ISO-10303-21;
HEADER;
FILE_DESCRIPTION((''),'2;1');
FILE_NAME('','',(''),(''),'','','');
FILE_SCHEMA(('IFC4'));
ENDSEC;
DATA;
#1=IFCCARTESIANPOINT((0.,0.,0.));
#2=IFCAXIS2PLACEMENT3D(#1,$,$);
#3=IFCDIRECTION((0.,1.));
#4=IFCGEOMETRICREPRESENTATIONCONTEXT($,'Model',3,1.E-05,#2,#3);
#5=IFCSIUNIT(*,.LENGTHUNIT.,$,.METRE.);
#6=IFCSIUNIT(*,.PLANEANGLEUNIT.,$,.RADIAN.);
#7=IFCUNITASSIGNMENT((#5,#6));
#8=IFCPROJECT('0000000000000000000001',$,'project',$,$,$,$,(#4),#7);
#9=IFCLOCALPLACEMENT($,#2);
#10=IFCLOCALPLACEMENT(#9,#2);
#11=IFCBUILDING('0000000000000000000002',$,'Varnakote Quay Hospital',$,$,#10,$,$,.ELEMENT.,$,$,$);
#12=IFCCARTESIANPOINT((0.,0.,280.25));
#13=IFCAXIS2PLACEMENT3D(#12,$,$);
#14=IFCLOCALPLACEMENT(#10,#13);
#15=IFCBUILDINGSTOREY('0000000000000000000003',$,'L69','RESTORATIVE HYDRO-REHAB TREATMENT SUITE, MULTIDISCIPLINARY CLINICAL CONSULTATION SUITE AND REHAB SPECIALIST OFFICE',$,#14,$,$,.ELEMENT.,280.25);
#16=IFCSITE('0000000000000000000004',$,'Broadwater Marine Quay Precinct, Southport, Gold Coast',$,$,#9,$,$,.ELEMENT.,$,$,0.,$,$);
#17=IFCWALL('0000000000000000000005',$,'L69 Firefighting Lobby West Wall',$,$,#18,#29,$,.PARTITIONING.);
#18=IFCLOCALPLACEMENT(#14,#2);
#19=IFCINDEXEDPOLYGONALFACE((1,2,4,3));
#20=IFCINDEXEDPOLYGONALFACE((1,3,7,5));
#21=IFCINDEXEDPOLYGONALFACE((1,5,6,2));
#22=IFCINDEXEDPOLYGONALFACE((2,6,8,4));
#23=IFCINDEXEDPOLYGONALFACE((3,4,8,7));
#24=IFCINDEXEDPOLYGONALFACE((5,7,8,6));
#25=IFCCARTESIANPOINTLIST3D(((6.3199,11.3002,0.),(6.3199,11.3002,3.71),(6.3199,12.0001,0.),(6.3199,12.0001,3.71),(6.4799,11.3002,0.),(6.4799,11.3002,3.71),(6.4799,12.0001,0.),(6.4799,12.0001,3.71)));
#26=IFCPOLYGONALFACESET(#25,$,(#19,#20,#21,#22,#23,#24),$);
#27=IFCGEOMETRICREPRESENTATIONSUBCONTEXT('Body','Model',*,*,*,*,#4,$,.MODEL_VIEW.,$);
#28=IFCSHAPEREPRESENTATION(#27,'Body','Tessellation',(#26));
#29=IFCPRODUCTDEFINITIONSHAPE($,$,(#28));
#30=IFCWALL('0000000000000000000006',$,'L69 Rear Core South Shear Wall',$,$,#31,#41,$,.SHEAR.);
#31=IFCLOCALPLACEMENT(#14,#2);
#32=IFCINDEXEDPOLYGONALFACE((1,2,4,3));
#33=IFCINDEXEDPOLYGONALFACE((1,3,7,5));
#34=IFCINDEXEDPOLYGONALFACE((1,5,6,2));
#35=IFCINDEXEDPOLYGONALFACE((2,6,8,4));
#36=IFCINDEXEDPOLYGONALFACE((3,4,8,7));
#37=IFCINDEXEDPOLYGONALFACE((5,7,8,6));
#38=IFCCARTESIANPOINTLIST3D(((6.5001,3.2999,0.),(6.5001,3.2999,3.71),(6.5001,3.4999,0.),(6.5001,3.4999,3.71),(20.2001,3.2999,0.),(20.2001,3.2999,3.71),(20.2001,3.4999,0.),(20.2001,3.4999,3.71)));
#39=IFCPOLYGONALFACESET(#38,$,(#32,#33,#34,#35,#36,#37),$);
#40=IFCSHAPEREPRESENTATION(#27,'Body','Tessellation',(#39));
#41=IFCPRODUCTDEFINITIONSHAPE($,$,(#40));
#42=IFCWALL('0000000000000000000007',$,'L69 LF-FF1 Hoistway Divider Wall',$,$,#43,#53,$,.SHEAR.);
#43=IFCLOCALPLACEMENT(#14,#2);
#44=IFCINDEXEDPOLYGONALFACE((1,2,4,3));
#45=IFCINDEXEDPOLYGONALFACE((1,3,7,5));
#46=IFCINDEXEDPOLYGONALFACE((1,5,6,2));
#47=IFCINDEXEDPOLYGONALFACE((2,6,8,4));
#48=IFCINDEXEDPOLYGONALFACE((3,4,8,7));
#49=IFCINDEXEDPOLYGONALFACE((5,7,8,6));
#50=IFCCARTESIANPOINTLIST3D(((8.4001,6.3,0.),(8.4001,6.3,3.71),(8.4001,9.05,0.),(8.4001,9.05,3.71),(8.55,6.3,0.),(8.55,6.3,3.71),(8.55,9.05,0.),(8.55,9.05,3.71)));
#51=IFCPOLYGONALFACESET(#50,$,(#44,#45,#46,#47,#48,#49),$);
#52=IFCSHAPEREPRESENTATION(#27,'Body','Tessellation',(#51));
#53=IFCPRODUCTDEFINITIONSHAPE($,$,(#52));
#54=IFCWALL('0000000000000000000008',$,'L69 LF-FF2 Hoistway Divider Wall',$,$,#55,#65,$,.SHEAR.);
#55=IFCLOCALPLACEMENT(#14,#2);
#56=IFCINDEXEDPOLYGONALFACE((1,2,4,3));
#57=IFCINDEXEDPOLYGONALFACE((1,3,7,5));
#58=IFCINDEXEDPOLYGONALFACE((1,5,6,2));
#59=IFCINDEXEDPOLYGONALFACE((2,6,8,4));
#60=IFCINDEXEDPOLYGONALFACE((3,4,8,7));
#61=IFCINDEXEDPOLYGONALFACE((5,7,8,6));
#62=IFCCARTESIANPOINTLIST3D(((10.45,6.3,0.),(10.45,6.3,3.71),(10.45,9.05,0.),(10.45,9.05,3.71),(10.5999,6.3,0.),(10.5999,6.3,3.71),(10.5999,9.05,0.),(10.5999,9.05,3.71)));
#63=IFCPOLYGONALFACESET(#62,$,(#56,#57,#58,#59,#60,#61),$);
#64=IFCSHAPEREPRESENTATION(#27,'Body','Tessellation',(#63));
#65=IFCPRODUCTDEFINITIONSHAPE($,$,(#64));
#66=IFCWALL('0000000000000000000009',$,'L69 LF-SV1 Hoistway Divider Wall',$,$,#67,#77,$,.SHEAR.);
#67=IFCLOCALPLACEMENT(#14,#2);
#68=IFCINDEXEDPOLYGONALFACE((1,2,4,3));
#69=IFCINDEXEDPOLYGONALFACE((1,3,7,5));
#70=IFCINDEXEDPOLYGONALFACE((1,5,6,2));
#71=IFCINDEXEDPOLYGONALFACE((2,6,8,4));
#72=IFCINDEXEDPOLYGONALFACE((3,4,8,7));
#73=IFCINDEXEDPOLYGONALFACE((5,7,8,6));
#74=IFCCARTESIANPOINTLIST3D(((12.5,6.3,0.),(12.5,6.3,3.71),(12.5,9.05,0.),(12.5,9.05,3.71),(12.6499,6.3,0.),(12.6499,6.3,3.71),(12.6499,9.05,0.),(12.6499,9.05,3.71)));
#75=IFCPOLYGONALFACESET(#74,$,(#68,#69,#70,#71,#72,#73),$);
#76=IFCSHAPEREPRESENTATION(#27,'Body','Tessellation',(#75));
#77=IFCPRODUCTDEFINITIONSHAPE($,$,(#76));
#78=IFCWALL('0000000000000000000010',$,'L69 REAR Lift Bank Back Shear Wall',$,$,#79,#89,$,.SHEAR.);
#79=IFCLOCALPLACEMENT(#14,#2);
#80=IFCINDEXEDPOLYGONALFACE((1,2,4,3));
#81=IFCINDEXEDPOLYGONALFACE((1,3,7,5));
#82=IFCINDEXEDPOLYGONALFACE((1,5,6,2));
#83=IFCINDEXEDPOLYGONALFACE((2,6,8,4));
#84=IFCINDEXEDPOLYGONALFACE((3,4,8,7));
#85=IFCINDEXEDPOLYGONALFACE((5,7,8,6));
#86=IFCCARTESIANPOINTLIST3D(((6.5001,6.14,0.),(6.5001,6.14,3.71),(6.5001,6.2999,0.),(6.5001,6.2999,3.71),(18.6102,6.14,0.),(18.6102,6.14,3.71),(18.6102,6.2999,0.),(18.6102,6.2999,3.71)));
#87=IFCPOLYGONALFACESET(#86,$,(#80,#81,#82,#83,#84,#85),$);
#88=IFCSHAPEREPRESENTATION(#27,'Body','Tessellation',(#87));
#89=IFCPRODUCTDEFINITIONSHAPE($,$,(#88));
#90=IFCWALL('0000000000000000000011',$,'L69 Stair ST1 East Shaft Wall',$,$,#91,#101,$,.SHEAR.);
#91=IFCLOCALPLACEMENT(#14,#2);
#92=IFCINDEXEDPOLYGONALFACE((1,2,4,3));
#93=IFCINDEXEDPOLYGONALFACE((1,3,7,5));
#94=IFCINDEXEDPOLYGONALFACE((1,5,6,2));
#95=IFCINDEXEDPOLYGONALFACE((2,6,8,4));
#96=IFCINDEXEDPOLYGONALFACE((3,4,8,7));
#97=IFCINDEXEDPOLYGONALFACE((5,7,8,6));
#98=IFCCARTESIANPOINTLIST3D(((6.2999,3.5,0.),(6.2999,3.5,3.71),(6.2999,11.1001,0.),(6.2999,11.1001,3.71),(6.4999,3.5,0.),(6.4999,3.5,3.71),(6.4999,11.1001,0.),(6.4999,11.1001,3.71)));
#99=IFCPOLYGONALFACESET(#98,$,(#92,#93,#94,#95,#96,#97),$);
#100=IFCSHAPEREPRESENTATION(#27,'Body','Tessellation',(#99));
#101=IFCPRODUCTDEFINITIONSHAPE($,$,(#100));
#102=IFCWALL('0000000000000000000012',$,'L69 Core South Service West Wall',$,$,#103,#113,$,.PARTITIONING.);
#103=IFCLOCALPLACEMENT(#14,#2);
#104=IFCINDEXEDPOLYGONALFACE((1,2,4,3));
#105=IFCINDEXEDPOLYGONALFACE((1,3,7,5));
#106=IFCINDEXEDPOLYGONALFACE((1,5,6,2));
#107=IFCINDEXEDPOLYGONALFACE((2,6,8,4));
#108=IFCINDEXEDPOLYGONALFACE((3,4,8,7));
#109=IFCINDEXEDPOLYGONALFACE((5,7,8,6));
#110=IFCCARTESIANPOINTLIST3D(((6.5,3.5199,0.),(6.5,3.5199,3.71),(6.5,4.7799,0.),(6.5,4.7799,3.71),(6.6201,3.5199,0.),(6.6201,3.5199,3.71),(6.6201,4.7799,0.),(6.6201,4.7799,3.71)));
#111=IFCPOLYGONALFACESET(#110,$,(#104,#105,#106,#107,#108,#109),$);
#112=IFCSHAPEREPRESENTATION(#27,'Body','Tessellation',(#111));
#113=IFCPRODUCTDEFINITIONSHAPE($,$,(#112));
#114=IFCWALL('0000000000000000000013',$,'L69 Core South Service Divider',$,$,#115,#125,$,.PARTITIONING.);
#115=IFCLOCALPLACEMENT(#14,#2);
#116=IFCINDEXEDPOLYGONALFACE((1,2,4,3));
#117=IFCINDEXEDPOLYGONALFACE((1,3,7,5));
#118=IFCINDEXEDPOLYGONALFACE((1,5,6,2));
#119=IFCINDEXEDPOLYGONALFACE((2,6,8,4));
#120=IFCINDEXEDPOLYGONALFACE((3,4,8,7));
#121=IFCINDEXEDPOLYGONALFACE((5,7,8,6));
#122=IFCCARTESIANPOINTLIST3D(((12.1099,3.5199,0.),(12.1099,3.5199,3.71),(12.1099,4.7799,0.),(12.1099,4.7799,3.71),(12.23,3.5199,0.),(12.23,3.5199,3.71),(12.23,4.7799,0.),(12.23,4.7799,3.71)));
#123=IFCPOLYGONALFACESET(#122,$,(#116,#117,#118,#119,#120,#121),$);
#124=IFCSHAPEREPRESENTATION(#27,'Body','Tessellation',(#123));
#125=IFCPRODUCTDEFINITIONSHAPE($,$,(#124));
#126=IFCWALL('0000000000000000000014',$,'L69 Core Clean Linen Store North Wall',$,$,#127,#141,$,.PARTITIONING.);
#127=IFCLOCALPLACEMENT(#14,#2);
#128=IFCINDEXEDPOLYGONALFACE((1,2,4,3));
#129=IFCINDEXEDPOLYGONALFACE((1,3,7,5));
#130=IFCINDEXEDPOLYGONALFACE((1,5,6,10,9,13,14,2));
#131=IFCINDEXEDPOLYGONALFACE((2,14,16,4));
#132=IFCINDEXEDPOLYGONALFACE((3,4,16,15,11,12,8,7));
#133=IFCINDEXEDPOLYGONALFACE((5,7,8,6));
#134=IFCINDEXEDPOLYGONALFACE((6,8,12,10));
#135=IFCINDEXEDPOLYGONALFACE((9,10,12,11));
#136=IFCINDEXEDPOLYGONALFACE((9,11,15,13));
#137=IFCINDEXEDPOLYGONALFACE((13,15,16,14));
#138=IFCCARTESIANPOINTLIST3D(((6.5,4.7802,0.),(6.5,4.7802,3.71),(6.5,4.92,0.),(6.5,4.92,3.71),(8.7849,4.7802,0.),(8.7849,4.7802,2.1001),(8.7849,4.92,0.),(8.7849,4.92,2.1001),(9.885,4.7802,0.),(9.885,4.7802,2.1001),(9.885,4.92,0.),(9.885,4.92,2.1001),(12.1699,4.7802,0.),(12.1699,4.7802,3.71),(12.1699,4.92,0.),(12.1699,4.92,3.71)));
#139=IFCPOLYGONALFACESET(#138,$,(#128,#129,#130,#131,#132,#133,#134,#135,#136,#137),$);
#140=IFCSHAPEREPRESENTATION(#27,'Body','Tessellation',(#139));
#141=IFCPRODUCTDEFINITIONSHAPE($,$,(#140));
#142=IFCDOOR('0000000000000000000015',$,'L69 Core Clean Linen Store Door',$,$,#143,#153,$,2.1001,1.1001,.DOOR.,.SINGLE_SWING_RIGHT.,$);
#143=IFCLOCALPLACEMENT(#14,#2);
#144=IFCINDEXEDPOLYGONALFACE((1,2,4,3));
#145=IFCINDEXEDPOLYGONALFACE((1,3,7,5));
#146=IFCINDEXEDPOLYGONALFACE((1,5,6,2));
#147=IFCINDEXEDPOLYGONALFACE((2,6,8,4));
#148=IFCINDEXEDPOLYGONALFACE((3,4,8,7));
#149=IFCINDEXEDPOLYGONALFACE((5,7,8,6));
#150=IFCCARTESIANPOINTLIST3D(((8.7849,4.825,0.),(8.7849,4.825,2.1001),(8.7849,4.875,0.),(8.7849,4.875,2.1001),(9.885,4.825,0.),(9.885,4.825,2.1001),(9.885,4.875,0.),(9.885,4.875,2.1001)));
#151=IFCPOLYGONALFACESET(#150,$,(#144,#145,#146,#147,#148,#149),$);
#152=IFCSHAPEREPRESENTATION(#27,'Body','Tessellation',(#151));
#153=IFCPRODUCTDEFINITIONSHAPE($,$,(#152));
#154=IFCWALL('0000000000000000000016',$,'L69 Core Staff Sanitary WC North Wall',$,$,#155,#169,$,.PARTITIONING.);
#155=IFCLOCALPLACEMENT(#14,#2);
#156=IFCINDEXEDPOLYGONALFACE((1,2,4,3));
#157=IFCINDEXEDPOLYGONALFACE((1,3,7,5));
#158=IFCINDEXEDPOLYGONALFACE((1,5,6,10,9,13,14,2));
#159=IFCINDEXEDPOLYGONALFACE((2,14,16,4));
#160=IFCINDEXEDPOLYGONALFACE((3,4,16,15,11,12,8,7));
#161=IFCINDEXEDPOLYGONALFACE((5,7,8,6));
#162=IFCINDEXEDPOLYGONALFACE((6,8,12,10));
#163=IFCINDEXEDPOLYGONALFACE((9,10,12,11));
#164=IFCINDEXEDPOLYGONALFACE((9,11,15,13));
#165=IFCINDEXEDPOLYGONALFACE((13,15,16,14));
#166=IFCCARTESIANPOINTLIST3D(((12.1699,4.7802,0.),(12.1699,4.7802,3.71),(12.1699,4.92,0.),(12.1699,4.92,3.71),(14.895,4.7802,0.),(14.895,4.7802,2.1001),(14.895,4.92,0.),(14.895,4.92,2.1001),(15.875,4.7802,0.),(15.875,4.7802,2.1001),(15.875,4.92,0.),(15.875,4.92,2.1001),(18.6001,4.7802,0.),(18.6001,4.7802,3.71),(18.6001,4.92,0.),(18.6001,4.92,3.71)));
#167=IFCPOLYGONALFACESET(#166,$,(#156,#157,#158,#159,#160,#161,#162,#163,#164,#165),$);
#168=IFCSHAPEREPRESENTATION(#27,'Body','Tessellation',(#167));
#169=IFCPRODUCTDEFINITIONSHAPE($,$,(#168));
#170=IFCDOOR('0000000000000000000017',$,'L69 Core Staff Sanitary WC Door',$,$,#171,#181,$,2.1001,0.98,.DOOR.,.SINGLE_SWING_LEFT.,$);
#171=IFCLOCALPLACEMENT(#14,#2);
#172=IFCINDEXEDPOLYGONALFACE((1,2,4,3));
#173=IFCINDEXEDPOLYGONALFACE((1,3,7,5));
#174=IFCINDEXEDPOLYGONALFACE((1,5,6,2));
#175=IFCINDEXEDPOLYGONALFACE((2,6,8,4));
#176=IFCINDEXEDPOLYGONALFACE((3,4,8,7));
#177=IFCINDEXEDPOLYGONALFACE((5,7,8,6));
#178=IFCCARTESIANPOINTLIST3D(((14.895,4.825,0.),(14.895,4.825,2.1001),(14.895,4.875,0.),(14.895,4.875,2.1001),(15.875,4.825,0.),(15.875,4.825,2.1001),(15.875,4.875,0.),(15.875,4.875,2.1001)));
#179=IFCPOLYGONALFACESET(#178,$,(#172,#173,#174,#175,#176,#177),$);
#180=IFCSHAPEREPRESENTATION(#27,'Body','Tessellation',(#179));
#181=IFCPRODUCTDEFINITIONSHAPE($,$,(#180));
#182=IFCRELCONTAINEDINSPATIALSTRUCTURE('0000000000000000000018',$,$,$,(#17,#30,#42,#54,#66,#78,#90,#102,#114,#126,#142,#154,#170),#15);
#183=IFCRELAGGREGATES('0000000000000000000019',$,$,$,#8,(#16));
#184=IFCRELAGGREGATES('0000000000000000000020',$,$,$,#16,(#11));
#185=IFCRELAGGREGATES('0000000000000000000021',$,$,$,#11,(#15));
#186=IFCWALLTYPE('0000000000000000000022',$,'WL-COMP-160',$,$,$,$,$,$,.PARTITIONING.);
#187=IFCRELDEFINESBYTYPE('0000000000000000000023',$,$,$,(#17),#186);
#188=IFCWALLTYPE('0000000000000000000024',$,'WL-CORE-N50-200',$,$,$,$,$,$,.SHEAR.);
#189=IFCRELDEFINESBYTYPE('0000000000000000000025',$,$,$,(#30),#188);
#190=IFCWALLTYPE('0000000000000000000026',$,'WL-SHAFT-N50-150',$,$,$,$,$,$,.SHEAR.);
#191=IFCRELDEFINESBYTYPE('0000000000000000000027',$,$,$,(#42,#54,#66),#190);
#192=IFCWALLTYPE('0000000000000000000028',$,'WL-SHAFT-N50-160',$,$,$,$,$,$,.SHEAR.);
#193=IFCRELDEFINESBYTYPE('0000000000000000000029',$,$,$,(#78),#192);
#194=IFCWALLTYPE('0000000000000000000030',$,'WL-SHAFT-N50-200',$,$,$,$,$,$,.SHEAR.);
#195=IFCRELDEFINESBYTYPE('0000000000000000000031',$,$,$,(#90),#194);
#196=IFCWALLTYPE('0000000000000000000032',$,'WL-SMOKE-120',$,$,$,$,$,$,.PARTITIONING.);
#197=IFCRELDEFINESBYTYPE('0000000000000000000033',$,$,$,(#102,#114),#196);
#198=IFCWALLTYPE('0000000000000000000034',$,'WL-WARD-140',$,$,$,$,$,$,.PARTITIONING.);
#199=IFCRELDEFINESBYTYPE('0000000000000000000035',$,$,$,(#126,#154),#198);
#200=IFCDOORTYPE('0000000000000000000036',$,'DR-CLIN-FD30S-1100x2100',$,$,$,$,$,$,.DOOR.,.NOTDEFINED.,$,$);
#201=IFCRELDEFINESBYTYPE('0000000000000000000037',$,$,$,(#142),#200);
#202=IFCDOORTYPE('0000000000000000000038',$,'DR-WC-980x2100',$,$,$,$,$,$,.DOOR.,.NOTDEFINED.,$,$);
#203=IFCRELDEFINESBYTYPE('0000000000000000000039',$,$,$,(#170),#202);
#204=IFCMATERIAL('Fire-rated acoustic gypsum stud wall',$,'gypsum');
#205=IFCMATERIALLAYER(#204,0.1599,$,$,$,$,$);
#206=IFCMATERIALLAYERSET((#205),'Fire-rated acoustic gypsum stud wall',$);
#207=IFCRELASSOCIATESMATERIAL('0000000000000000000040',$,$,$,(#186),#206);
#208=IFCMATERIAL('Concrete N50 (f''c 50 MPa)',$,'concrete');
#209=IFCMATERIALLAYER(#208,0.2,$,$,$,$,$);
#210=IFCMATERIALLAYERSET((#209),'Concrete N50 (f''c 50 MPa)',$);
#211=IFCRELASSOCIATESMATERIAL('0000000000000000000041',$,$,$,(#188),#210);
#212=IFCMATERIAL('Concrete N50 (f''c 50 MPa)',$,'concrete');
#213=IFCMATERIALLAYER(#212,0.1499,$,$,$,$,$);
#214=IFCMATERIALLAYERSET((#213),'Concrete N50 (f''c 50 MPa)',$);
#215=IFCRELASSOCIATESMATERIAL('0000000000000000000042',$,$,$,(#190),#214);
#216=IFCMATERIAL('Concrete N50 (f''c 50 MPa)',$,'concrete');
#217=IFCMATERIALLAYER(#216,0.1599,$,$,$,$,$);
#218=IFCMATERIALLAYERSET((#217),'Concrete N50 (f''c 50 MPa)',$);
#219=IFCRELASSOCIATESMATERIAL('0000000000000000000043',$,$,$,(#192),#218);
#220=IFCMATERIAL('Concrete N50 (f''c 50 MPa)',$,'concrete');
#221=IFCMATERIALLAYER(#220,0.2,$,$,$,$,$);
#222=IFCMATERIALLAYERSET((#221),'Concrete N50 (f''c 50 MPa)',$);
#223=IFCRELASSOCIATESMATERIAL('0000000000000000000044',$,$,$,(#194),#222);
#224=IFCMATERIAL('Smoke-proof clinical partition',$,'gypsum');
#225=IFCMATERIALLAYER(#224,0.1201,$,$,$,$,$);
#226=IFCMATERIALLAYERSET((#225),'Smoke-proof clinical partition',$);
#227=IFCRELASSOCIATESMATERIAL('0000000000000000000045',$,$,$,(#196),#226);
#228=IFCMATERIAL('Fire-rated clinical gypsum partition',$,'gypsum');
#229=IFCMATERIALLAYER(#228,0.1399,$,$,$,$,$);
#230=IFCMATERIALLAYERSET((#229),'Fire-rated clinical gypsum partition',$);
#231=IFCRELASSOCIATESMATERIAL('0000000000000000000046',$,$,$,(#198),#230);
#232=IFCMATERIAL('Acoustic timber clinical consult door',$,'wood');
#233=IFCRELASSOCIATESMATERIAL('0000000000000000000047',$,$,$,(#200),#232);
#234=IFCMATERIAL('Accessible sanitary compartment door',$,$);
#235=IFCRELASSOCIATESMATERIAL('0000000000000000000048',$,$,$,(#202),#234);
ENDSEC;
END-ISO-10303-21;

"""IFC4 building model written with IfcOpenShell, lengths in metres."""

from ifc_helpers import new_model, si_unit, direction, frame, frame_2d, origin, place, context, subcontext, project, spatial, rectangle, extrude, material, layer, layer_set, type_object, element, fill, save


model = new_model("IFC4")

# Units and contexts
model_context = context("Model", 3, precision=1e-05, world=origin(), true_north=direction((0.0, 1.0)))
body_context = subcontext(model_context, "Body", "Model", "MODEL_VIEW")
ifc_project = project(units=[si_unit("LENGTHUNIT", "METRE"), si_unit("PLANEANGLEUNIT", "RADIAN")], contexts=[model_context])

# Site, building, storey
site_placement = place(None, origin())
site = spatial("IfcSite", under=ifc_project, at=site_placement, Name="Broadwater Marine Quay Precinct, Southport, Gold Coast", CompositionType="ELEMENT", RefElevation=0.0)
building_placement = place(site_placement, origin())
building = spatial("IfcBuilding", under=site, at=building_placement, Name="Varnakote Quay Hospital", CompositionType="ELEMENT")
storey_placement = place(building_placement, frame((0.0, 0.0, 280.25)))
storey = spatial("IfcBuildingStorey", under=building, at=storey_placement, Name="L69", Description="RESTORATIVE HYDRO-REHAB TREATMENT SUITE, MULTIDISCIPLINARY CLINICAL CONSULTATION SUITE AND REHAB SPECIALIST OFFICE", CompositionType="ELEMENT", Elevation=280.25)

# Walls
ifc_material_1 = material(Name="Fire-rated acoustic gypsum stud wall", Category="gypsum")
ifc_layer_1 = layer(ifc_material_1, 0.1599)
ifc_layer_set_1 = layer_set([ifc_layer_1], Name="Fire-rated acoustic gypsum stud wall")
wall_type_1 = type_object("IfcWallType", Name="WL-COMP-160", PredefinedType="PARTITIONING", material=ifc_layer_set_1)
wall_1_placement = place(storey_placement, frame((6.3999, 11.3, 0.0), z_axis=(0.0, 0.0, 1.0), x_axis=(0.0, 1.0, 0.0)))
element("IfcWall", 1, at=wall_1_placement, inside=storey, type_object=wall_type_1, Name="L69 Firefighting Lobby West Wall", PredefinedType="PARTITIONING", context=body_context, shape_type="SweptSolid", body=[
    extrude(rectangle(XDim=0.7, YDim=0.1599, at=frame_2d((0.3501, 0.0))), origin(), (0.0, 0.0, 1.0), 3.71),
])
ifc_material_2 = material(Name="Concrete N50 (f'c 50 MPa)", Category="concrete")
ifc_layer_2 = layer(ifc_material_2, 0.2)
ifc_layer_set_2 = layer_set([ifc_layer_2], Name="Concrete N50 (f'c 50 MPa)")
wall_type_2 = type_object("IfcWallType", Name="WL-CORE-N50-200", PredefinedType="SHEAR", material=ifc_layer_set_2)
wall_2_placement = place(storey_placement, frame((6.5, 3.3999, 0.0), z_axis=(0.0, 0.0, 1.0), x_axis=(1.0, 0.0, 0.0)))
element("IfcWall", 2, at=wall_2_placement, inside=storey, type_object=wall_type_2, Name="L69 Rear Core South Shear Wall", PredefinedType="SHEAR", context=body_context, shape_type="SweptSolid", body=[
    extrude(rectangle(XDim=13.7, YDim=0.2, at=frame_2d((6.8501, 0.0))), origin(), (0.0, 0.0, 1.0), 3.71),
])
ifc_material_3 = material(Name="Concrete N50 (f'c 50 MPa)", Category="concrete")
ifc_layer_3 = layer(ifc_material_3, 0.1499)
ifc_layer_set_3 = layer_set([ifc_layer_3], Name="Concrete N50 (f'c 50 MPa)")
wall_type_3 = type_object("IfcWallType", Name="WL-SHAFT-N50-150", PredefinedType="SHEAR", material=ifc_layer_set_3)
for number, where, z_axis, x_axis, name in (
    (3, (8.4751, 6.3, 0.0), (0.0, 0.0, 1.0), (0.0, 1.0, 0.0), "L69 LF-FF1 Hoistway Divider Wall"),
    (4, (10.5249, 6.3, 0.0), (0.0, 0.0, 1.0), (0.0, 1.0, 0.0), "L69 LF-FF2 Hoistway Divider Wall"),
    (5, (12.575, 6.3, 0.0), (0.0, 0.0, 1.0), (0.0, 1.0, 0.0), "L69 LF-SV1 Hoistway Divider Wall"),
):
    element("IfcWall", number, at=place(storey_placement, frame(where, z_axis=z_axis, x_axis=x_axis)), inside=storey, type_object=wall_type_3, Name=name, PredefinedType="SHEAR", context=body_context, shape_type="SweptSolid", body=[
        extrude(rectangle(XDim=2.75, YDim=0.1499, at=frame_2d((1.375, 0.0))), origin(), (0.0, 0.0, 1.0), 3.71),
    ])
ifc_material_4 = material(Name="Concrete N50 (f'c 50 MPa)", Category="concrete")
ifc_layer_4 = layer(ifc_material_4, 0.1599)
ifc_layer_set_4 = layer_set([ifc_layer_4], Name="Concrete N50 (f'c 50 MPa)")
wall_type_4 = type_object("IfcWallType", Name="WL-SHAFT-N50-160", PredefinedType="SHEAR", material=ifc_layer_set_4)
wall_3_placement = place(storey_placement, frame((6.5, 6.22, 0.0), z_axis=(0.0, 0.0, 1.0), x_axis=(1.0, 0.0, 0.0)))
element("IfcWall", 6, at=wall_3_placement, inside=storey, type_object=wall_type_4, Name="L69 REAR Lift Bank Back Shear Wall", PredefinedType="SHEAR", context=body_context, shape_type="SweptSolid", body=[
    extrude(rectangle(XDim=12.1101, YDim=0.1599, at=frame_2d((6.0552, 0.0))), origin(), (0.0, 0.0, 1.0), 3.71),
])

# Walls
ifc_material_5 = material(Name="Concrete N50 (f'c 50 MPa)", Category="concrete")
ifc_layer_5 = layer(ifc_material_5, 0.2)
ifc_layer_set_5 = layer_set([ifc_layer_5], Name="Concrete N50 (f'c 50 MPa)")
wall_type_5 = type_object("IfcWallType", Name="WL-SHAFT-N50-200", PredefinedType="SHEAR", material=ifc_layer_set_5)
wall_4_placement = place(storey_placement, frame((6.3999, 3.5, 0.0), z_axis=(0.0, 0.0, 1.0), x_axis=(0.0, 1.0, 0.0)))
element("IfcWall", 7, at=wall_4_placement, inside=storey, type_object=wall_type_5, Name="L69 Stair ST1 East Shaft Wall", PredefinedType="SHEAR", context=body_context, shape_type="SweptSolid", body=[
    extrude(rectangle(XDim=7.6001, YDim=0.2, at=frame_2d((3.8, 0.0))), origin(), (0.0, 0.0, 1.0), 3.71),
])
ifc_material_6 = material(Name="Smoke-proof clinical partition", Category="gypsum")
ifc_layer_6 = layer(ifc_material_6, 0.1201)
ifc_layer_set_6 = layer_set([ifc_layer_6], Name="Smoke-proof clinical partition")
wall_type_6 = type_object("IfcWallType", Name="WL-SMOKE-120", PredefinedType="PARTITIONING", material=ifc_layer_set_6)
for number, where, z_axis, x_axis, name in (
    (8, (6.5601, 3.52, 0.0), (0.0, 0.0, 1.0), (0.0, 1.0, 0.0), "L69 Core South Service West Wall"),
    (9, (12.1699, 3.52, 0.0), (0.0, 0.0, 1.0), (0.0, 1.0, 0.0), "L69 Core South Service Divider"),
):
    element("IfcWall", number, at=place(storey_placement, frame(where, z_axis=z_axis, x_axis=x_axis)), inside=storey, type_object=wall_type_6, Name=name, PredefinedType="PARTITIONING", context=body_context, shape_type="SweptSolid", body=[
        extrude(rectangle(XDim=1.26, YDim=0.1201, at=frame_2d((0.6299, 0.0))), origin(), (0.0, 0.0, 1.0), 3.71),
    ])

# Walls, openings, doors
ifc_material_7 = material(Name="Fire-rated clinical gypsum partition", Category="gypsum")
ifc_layer_7 = layer(ifc_material_7, 0.1399)
ifc_layer_set_7 = layer_set([ifc_layer_7], Name="Fire-rated clinical gypsum partition")
wall_type_7 = type_object("IfcWallType", Name="WL-WARD-140", PredefinedType="PARTITIONING", material=ifc_layer_set_7)
wall_5_placement = place(storey_placement, frame((6.5, 4.8501, 0.0), z_axis=(0.0, 0.0, 1.0), x_axis=(1.0, 0.0, 0.0)))
wall_5 = element("IfcWall", 10, at=wall_5_placement, inside=storey, type_object=wall_type_7, Name="L69 Core Clean Linen Store North Wall", PredefinedType="PARTITIONING", context=body_context, shape_type="SweptSolid", body=[
    extrude(rectangle(XDim=5.6699, YDim=0.1399, at=frame_2d((2.835, 0.0))), origin(), (0.0, 0.0, 1.0), 3.71),
])
opening_1_placement = place(wall_5_placement, frame((2.2849, 0.0, 0.0)))
opening_1 = element("IfcOpeningElement", 11, at=opening_1_placement, cuts=wall_5, PredefinedType="OPENING", context=body_context, shape_type="SweptSolid", body=[
    extrude(rectangle(XDim=1.1001, YDim=2.1001, at=frame_2d((0.55, 1.05))), frame((0.0, 0.0798, 0.0), z_axis=(0.0, -1.0, 0.0), x_axis=(1.0, 0.0, 0.0)), (0.0, 0.0, 1.0), 0.1599),
])
ifc_material_8 = material(Name="Acoustic timber clinical consult door", Category="wood")
door_type_1 = type_object("IfcDoorType", Name="DR-CLIN-FD30S-1100x2100", OperationType="NOTDEFINED", PredefinedType="DOOR", material=ifc_material_8)
door_1_placement = place(opening_1_placement, origin())
door_1 = element("IfcDoor", 12, at=door_1_placement, inside=storey, type_object=door_type_1, Name="L69 Core Clean Linen Store Door", OperationType="SINGLE_SWING_RIGHT", OverallHeight=2.1001, OverallWidth=1.1001, PredefinedType="DOOR", context=body_context, shape_type="SweptSolid", body=[
    extrude(rectangle(XDim=1.1001, YDim=2.1001, at=frame_2d((0.55, 1.05))), frame((0.0, 0.0249, 0.0), z_axis=(0.0, -1.0, 0.0), x_axis=(1.0, 0.0, 0.0)), (0.0, 0.0, 1.0), 0.05),
])
fill(opening_1, door_1)
wall_6_placement = place(storey_placement, frame((12.1699, 4.8501, 0.0), z_axis=(0.0, 0.0, 1.0), x_axis=(1.0, 0.0, 0.0)))
wall_6 = element("IfcWall", 13, at=wall_6_placement, inside=storey, type_object=wall_type_7, Name="L69 Core Staff Sanitary WC North Wall", PredefinedType="PARTITIONING", context=body_context, shape_type="SweptSolid", body=[
    extrude(rectangle(XDim=6.4302, YDim=0.1399, at=frame_2d((3.2151, 0.0))), origin(), (0.0, 0.0, 1.0), 3.71),
])
opening_2_placement = place(wall_6_placement, frame((2.7251, 0.0, 0.0)))
opening_2 = element("IfcOpeningElement", 14, at=opening_2_placement, cuts=wall_6, PredefinedType="OPENING", context=body_context, shape_type="SweptSolid", body=[
    extrude(rectangle(XDim=0.98, YDim=2.1001, at=frame_2d((0.49, 1.05))), frame((0.0, 0.0798, 0.0), z_axis=(0.0, -1.0, 0.0), x_axis=(1.0, 0.0, 0.0)), (0.0, 0.0, 1.0), 0.1599),
])
ifc_material_9 = material(Name="Accessible sanitary compartment door")
door_type_2 = type_object("IfcDoorType", Name="DR-WC-980x2100", OperationType="NOTDEFINED", PredefinedType="DOOR", material=ifc_material_9)
door_2_placement = place(opening_2_placement, origin())
door_2 = element("IfcDoor", 15, at=door_2_placement, inside=storey, type_object=door_type_2, Name="L69 Core Staff Sanitary WC Door", OperationType="SINGLE_SWING_LEFT", OverallHeight=2.1001, OverallWidth=0.98, PredefinedType="DOOR", context=body_context, shape_type="SweptSolid", body=[
    extrude(rectangle(XDim=0.98, YDim=2.1001, at=frame_2d((0.49, 1.05))), frame((0.0, 0.0249, 0.0), z_axis=(0.0, -1.0, 0.0), x_axis=(1.0, 0.0, 0.0)), (0.0, 0.0, 1.0), 0.05),
])
fill(opening_2, door_2)

save(model, "model.ifc")
